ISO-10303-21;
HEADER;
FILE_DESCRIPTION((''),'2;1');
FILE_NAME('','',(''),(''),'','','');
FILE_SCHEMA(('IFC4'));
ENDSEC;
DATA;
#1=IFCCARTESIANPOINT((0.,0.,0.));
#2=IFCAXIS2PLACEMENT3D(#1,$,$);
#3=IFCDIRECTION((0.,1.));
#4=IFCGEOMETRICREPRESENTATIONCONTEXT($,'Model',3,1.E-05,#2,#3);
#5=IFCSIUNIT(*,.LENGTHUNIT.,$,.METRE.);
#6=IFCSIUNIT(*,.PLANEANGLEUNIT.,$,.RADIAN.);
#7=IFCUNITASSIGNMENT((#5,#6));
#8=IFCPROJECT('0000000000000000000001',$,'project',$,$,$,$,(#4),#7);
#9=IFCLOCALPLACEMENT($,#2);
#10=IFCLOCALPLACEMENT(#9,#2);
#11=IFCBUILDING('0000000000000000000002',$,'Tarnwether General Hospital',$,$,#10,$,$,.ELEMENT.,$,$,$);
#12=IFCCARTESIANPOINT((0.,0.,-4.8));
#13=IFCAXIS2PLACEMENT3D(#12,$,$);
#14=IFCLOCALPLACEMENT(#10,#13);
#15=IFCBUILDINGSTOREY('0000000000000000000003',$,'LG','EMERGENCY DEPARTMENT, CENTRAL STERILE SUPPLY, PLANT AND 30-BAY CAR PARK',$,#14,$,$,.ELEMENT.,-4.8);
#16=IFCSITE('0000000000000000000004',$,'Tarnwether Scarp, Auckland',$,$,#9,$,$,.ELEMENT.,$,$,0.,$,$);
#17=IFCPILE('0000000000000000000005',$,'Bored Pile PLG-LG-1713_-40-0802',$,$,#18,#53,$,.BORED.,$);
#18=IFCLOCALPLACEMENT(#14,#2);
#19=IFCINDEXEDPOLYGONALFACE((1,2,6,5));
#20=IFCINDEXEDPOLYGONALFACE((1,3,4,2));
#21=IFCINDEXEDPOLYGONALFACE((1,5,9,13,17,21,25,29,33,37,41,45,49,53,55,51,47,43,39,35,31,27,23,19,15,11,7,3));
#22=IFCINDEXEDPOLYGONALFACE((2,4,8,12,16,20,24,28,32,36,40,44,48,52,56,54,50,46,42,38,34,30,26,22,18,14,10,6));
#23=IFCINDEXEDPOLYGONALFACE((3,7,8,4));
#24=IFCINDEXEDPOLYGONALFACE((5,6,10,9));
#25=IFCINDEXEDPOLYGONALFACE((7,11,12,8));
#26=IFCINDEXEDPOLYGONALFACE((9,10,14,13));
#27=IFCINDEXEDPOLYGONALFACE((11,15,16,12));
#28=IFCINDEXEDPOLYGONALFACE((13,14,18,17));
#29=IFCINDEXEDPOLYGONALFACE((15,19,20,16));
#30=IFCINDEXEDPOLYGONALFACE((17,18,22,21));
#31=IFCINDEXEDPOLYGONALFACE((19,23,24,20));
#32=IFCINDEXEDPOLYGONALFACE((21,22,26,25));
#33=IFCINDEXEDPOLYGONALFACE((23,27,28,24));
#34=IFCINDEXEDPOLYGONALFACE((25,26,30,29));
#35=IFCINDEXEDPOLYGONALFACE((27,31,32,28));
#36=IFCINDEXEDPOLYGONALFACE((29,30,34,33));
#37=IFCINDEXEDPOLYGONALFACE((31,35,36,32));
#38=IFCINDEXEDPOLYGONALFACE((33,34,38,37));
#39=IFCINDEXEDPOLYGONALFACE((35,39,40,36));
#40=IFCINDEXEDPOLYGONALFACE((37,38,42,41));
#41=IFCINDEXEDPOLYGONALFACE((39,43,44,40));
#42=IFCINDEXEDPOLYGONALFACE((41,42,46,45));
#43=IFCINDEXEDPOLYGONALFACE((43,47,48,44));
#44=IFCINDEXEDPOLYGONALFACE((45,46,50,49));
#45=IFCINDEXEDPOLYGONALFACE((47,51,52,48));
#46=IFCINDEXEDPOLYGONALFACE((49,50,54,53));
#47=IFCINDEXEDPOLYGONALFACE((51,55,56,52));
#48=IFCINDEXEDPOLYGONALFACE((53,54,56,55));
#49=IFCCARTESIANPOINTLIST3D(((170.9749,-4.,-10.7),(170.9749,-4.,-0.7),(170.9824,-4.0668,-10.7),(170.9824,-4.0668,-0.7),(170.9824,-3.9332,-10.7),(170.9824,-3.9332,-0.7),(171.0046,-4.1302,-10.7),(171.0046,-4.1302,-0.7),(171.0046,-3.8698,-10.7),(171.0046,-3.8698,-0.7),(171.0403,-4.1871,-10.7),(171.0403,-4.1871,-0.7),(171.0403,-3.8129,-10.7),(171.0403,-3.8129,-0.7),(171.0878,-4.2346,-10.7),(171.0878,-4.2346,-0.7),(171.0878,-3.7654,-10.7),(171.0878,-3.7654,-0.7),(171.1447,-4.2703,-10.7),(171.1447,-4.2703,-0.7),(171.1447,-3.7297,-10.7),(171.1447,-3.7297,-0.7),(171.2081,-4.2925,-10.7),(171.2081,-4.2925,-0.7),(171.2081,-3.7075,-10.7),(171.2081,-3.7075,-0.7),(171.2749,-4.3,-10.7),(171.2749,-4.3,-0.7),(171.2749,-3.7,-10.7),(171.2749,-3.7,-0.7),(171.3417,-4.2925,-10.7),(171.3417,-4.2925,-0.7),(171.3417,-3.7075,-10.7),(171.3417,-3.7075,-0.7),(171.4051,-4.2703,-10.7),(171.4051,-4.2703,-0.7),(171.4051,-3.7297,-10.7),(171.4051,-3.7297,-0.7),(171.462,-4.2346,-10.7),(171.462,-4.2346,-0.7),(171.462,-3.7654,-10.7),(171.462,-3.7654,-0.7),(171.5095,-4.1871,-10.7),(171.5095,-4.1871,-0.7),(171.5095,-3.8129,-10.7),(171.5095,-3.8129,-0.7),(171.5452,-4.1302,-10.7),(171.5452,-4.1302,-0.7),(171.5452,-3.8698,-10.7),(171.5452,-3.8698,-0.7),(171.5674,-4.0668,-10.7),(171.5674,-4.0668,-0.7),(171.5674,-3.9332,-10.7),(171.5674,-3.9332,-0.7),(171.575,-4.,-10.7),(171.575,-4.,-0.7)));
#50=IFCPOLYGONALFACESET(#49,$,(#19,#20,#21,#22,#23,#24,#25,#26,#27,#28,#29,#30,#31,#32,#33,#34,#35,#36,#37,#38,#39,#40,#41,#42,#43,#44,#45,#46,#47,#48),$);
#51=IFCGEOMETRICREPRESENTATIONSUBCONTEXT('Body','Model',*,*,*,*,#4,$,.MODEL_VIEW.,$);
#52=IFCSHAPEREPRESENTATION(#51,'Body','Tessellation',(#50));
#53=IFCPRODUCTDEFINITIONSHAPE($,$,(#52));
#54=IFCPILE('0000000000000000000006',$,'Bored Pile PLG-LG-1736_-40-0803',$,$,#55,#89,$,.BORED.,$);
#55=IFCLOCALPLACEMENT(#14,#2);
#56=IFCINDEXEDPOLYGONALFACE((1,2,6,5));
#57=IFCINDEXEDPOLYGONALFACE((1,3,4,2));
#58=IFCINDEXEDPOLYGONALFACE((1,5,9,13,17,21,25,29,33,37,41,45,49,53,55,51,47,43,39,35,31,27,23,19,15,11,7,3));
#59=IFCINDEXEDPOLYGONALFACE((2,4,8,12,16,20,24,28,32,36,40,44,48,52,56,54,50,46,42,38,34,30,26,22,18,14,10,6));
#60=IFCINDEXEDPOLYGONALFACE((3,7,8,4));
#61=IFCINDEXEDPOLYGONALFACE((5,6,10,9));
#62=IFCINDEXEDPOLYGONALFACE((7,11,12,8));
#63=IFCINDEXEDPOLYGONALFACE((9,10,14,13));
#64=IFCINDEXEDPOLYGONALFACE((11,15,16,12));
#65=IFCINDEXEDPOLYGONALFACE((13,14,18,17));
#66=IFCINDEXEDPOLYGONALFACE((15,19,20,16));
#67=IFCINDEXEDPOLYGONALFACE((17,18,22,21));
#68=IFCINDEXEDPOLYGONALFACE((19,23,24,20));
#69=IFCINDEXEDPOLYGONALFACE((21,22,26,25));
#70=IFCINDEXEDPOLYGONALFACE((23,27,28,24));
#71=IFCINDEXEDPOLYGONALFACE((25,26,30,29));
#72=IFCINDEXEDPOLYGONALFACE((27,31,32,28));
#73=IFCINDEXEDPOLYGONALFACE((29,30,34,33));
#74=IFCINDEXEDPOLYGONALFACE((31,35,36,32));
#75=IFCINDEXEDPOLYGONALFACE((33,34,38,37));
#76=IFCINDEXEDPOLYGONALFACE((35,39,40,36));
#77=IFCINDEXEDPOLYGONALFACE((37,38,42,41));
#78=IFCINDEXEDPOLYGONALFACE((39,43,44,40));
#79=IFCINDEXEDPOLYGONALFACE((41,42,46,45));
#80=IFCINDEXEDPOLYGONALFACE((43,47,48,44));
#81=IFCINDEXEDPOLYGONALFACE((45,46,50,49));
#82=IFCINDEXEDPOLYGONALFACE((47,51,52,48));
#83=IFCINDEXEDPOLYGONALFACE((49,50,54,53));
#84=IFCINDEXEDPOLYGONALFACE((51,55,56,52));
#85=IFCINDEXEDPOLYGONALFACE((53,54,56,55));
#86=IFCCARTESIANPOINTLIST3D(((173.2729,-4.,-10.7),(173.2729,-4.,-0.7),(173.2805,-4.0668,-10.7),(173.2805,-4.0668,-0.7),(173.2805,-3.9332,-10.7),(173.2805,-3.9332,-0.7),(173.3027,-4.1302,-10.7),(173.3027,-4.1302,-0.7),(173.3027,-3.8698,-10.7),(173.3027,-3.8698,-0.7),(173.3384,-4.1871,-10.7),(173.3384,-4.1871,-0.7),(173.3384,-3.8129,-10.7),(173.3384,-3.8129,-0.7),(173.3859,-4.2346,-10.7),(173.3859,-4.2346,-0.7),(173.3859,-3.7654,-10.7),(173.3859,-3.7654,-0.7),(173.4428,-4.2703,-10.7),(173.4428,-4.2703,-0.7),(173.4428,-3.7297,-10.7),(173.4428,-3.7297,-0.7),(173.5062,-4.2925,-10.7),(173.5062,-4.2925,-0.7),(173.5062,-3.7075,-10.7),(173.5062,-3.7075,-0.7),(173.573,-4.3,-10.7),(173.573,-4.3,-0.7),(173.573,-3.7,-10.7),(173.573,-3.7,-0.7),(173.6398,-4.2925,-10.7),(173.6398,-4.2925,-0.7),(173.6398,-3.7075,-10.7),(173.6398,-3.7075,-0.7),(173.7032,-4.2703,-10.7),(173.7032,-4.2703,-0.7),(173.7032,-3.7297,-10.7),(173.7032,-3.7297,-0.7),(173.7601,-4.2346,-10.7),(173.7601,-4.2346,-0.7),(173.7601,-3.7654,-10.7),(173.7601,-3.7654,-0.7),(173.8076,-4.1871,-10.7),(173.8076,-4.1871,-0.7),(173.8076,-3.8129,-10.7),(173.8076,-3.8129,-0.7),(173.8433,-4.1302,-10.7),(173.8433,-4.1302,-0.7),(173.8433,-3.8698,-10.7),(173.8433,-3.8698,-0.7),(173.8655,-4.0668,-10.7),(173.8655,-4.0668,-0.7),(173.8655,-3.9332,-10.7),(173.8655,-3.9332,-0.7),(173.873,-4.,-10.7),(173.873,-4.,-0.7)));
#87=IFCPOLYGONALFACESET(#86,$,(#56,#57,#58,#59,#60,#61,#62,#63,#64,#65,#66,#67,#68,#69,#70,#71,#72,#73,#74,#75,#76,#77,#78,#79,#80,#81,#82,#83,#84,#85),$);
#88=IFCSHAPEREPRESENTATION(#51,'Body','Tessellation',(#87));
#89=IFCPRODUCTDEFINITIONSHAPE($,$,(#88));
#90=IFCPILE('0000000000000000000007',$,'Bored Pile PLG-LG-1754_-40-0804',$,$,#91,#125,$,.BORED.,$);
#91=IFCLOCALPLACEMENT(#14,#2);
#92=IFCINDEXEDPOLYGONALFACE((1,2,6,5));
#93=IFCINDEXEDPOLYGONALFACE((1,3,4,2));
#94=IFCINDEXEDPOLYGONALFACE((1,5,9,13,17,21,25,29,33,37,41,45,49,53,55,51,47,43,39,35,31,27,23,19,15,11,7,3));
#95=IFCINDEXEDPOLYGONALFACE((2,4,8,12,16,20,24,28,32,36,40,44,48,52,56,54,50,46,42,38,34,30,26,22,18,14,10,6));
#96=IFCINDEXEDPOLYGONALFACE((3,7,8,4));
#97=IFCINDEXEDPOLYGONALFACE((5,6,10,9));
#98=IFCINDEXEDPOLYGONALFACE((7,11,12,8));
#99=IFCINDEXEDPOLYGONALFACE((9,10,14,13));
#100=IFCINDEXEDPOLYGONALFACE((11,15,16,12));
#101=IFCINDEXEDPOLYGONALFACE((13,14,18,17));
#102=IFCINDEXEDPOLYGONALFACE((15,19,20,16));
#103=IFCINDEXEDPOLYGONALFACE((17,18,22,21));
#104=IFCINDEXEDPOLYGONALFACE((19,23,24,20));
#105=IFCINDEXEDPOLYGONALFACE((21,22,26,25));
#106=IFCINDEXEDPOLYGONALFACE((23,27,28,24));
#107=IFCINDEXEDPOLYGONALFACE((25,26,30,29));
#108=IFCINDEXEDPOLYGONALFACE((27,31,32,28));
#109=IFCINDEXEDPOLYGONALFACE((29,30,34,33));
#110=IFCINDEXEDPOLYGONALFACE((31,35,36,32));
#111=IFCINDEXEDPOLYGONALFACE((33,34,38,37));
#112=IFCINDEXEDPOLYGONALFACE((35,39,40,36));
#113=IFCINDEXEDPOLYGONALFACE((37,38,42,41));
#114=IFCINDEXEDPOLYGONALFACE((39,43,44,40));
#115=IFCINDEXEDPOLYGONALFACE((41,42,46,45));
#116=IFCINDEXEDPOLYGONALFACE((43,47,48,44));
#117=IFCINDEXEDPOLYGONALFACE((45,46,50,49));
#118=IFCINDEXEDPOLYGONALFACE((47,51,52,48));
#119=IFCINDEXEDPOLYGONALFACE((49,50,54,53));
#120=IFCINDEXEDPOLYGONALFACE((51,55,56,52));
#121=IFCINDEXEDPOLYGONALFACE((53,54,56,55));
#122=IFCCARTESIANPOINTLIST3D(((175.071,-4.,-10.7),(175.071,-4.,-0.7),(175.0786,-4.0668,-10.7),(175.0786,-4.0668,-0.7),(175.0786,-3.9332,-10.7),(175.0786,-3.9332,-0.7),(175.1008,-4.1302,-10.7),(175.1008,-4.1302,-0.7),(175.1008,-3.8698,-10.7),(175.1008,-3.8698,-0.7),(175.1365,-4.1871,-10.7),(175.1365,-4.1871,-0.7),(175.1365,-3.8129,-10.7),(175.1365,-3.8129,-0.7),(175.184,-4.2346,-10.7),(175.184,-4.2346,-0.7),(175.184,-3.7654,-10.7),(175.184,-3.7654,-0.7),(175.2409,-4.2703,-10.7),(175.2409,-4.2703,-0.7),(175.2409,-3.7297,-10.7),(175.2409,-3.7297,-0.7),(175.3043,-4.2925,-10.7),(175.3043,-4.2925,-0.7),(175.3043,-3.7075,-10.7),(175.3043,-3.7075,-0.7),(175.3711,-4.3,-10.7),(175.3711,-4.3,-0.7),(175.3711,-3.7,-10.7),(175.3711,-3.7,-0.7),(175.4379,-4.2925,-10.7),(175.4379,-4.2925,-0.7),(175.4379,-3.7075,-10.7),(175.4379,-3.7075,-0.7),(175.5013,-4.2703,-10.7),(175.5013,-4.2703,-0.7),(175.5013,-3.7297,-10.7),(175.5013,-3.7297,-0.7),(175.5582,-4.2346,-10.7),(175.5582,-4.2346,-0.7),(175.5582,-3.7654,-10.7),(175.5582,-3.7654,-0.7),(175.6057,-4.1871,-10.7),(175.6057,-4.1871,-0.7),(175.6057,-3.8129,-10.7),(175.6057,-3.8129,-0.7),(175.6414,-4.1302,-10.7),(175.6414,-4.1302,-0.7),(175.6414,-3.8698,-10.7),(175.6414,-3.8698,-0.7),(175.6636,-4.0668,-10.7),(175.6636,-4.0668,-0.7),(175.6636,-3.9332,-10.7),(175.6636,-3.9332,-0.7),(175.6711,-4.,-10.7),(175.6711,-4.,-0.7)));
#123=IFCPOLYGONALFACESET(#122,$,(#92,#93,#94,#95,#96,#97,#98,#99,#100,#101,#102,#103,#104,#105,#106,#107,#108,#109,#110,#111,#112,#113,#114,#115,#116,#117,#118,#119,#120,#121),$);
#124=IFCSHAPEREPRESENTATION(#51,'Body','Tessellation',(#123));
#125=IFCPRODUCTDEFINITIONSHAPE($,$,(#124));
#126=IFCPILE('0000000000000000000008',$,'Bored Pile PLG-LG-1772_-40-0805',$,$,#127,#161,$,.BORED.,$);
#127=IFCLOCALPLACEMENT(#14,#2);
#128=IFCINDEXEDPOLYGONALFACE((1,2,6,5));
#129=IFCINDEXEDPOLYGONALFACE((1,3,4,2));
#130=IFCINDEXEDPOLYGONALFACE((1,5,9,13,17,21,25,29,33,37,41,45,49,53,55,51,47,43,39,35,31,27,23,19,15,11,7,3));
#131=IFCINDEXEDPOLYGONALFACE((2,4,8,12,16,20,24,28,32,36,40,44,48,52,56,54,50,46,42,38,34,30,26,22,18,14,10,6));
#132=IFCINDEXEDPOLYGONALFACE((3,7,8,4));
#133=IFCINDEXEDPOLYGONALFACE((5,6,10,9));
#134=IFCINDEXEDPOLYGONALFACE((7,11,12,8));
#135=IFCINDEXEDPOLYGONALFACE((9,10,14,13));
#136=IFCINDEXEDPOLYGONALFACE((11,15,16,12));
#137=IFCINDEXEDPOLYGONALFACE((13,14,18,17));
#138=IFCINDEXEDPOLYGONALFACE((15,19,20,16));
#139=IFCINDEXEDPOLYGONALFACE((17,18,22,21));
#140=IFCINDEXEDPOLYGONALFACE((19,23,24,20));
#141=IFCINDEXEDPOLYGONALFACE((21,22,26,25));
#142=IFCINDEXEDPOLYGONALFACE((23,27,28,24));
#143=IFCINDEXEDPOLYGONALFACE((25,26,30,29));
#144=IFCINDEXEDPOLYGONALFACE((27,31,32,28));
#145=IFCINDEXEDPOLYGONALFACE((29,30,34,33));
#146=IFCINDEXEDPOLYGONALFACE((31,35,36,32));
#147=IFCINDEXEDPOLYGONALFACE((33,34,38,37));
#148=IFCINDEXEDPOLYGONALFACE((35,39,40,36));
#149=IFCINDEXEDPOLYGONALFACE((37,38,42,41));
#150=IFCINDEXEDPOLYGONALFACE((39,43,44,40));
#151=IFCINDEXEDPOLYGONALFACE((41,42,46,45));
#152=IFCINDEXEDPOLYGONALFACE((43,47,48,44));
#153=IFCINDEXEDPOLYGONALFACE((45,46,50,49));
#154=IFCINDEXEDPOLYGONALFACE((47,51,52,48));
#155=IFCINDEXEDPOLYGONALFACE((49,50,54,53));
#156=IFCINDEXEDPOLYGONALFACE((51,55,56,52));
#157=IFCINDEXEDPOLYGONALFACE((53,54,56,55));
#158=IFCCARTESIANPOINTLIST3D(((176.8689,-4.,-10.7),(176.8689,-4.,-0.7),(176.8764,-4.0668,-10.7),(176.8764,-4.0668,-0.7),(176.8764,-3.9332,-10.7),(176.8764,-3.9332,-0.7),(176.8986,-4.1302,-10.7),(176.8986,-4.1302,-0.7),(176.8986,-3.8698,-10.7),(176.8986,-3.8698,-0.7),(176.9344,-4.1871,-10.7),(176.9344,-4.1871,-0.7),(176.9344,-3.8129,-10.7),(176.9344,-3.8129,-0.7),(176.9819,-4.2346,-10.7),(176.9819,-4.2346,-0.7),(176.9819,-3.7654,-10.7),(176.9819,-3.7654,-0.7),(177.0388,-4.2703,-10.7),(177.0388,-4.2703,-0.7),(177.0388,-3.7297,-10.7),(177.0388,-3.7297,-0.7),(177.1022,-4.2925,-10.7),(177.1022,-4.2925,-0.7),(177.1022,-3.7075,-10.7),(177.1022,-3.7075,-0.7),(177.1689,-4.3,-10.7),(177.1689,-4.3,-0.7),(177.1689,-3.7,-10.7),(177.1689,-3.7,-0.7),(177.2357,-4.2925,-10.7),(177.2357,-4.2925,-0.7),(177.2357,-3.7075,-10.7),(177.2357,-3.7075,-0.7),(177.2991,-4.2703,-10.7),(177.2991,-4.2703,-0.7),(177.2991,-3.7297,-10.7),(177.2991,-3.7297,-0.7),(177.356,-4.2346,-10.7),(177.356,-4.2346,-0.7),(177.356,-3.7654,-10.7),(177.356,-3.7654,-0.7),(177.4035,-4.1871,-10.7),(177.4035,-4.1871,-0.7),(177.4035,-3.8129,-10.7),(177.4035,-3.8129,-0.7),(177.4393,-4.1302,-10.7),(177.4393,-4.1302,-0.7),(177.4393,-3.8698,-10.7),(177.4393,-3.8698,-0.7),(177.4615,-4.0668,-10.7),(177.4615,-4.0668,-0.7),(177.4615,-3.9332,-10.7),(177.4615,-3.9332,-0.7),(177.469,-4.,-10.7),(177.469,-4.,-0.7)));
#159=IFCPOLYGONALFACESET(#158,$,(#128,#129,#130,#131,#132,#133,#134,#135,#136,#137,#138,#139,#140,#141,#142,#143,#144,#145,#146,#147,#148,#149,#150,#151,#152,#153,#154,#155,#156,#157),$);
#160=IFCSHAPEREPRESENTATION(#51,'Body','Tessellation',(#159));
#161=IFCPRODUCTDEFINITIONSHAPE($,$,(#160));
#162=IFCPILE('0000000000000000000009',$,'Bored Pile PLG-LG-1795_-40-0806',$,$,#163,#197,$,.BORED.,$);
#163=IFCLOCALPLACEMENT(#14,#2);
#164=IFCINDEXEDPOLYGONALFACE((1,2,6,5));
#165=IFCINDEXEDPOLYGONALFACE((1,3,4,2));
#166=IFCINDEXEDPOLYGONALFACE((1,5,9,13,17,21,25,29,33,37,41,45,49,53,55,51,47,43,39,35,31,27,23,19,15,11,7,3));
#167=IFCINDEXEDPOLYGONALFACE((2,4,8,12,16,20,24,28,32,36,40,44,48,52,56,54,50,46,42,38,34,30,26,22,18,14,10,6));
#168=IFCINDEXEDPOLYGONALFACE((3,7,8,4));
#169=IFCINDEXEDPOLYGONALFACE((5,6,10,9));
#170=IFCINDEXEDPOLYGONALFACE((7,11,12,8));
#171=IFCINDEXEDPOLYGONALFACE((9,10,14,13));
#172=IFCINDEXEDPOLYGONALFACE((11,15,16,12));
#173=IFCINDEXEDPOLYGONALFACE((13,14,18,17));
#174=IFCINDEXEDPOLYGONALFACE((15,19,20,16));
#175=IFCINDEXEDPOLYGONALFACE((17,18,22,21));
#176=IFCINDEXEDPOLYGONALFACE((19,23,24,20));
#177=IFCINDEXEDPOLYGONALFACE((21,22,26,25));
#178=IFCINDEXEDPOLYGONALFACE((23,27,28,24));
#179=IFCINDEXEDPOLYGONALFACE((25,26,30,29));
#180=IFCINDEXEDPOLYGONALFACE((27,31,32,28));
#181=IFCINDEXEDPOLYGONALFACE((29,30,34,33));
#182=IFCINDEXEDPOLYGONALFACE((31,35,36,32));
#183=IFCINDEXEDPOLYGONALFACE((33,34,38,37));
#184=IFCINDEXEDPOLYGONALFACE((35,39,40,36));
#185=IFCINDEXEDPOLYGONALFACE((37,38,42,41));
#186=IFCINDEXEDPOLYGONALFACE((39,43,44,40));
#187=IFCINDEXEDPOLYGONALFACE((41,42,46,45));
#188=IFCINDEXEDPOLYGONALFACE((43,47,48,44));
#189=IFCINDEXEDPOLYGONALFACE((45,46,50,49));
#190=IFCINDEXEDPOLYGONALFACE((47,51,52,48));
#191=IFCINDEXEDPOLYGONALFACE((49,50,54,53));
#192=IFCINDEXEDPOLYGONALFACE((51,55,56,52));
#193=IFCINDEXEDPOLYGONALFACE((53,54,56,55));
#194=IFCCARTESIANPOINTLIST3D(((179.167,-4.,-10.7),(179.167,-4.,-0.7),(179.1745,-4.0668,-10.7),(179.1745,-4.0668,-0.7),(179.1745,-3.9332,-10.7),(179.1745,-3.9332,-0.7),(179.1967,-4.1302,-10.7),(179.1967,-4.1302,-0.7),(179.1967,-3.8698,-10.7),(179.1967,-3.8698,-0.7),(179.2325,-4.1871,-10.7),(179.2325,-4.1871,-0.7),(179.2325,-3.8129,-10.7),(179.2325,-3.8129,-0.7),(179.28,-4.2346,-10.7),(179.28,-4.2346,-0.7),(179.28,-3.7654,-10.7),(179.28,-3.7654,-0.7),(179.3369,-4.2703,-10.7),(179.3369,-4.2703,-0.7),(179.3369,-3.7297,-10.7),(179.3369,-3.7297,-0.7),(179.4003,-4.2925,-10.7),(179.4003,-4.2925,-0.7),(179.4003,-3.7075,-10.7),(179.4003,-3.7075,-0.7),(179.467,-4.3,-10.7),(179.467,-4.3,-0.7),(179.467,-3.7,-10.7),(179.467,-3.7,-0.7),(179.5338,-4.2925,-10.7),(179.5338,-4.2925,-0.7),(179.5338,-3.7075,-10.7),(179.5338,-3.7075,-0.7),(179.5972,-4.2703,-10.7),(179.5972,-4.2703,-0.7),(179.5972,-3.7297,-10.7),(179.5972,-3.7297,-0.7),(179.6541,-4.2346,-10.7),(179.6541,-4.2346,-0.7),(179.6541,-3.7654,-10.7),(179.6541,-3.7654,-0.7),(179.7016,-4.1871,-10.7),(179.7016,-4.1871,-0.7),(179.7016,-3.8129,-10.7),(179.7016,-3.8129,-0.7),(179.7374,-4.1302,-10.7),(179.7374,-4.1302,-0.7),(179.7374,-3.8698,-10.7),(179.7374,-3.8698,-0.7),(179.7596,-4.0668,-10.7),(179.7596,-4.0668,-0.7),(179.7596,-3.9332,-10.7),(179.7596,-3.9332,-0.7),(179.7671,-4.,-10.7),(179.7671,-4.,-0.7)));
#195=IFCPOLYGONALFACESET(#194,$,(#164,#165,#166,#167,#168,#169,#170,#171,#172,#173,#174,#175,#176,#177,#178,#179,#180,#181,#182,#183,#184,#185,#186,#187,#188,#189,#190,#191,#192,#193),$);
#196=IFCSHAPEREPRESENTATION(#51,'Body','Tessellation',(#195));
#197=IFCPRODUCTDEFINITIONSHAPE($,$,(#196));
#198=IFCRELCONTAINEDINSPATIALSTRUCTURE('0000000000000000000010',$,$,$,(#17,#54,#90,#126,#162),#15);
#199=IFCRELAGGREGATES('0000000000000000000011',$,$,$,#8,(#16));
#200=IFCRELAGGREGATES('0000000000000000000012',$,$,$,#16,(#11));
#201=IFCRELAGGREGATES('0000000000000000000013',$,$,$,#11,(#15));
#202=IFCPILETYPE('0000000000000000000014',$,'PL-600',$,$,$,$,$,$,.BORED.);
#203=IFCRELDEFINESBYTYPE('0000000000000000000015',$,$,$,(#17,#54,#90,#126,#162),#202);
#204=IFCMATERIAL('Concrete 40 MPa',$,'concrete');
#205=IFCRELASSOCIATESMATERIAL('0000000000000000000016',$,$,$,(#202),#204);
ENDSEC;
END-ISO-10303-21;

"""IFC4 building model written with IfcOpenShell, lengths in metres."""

from ifc_helpers import new_model, si_unit, direction, frame, origin, origin_2d, place, context, subcontext, project, spatial, circle, extrude, material, material_profile, profile_set, type_object, element, save


model = new_model("IFC4")

# Units and contexts
model_context = context("Model", 3, precision=1e-05, world=origin(), true_north=direction((0.0, 1.0)))
body_context = subcontext(model_context, "Body", "Model", "MODEL_VIEW")
ifc_project = project(units=[si_unit("LENGTHUNIT", "METRE"), si_unit("PLANEANGLEUNIT", "RADIAN")], contexts=[model_context])

# Site, building, storey
site_placement = place(None, origin())
site = spatial("IfcSite", under=ifc_project, at=site_placement, Name="Tarnwether Scarp, Auckland", CompositionType="ELEMENT", RefElevation=0.0)
building_placement = place(site_placement, origin())
building = spatial("IfcBuilding", under=site, at=building_placement, Name="Tarnwether General Hospital", CompositionType="ELEMENT")
storey_placement = place(building_placement, frame((0.0, 0.0, -4.8)))
storey = spatial("IfcBuildingStorey", under=building, at=storey_placement, Name="LG", Description="EMERGENCY DEPARTMENT, CENTRAL STERILE SUPPLY, PLANT AND 30-BAY CAR PARK", CompositionType="ELEMENT", Elevation=-4.8)

# Piles
ifc_material_1 = material(Name="Concrete 40 MPa", Category="concrete")
ifc_material_profile_1 = material_profile(ifc_material_1, circle(Radius=0.3, at=origin_2d()), Name="PILE-D600")
ifc_profile_set_1 = profile_set([ifc_material_profile_1], Name="Concrete 40 MPa")
pile_type_1 = type_object("IfcPileType", Name="PL-600", PredefinedType="BORED", material=ifc_profile_set_1)
for number, where, z_axis, x_axis, name in (
    (1, (171.2749, -4.0, -0.7), (0.0, 0.0, -1.0), (1.0, 0.0, 0.0), "Bored Pile PLG-LG-1713_-40-0802"),
    (2, (173.573, -4.0, -0.7), (0.0, 0.0, -1.0), (1.0, 0.0, 0.0), "Bored Pile PLG-LG-1736_-40-0803"),
    (3, (175.3711, -4.0, -0.7), (0.0, 0.0, -1.0), (1.0, 0.0, 0.0), "Bored Pile PLG-LG-1754_-40-0804"),
    (4, (177.1689, -4.0, -0.7), (0.0, 0.0, -1.0), (1.0, 0.0, 0.0), "Bored Pile PLG-LG-1772_-40-0805"),
    (5, (179.467, -4.0, -0.7), (0.0, 0.0, -1.0), (1.0, 0.0, 0.0), "Bored Pile PLG-LG-1795_-40-0806"),
):
    element("IfcPile", number, at=place(storey_placement, frame(where, z_axis=z_axis, x_axis=x_axis)), inside=storey, type_object=pile_type_1, Name=name, PredefinedType="BORED", context=body_context, shape_type="SweptSolid", body=[
        extrude(circle(Radius=0.3, at=origin_2d()), origin(), (0.0, 0.0, 1.0), 10.0),
    ])

save(model, "model.ifc")
